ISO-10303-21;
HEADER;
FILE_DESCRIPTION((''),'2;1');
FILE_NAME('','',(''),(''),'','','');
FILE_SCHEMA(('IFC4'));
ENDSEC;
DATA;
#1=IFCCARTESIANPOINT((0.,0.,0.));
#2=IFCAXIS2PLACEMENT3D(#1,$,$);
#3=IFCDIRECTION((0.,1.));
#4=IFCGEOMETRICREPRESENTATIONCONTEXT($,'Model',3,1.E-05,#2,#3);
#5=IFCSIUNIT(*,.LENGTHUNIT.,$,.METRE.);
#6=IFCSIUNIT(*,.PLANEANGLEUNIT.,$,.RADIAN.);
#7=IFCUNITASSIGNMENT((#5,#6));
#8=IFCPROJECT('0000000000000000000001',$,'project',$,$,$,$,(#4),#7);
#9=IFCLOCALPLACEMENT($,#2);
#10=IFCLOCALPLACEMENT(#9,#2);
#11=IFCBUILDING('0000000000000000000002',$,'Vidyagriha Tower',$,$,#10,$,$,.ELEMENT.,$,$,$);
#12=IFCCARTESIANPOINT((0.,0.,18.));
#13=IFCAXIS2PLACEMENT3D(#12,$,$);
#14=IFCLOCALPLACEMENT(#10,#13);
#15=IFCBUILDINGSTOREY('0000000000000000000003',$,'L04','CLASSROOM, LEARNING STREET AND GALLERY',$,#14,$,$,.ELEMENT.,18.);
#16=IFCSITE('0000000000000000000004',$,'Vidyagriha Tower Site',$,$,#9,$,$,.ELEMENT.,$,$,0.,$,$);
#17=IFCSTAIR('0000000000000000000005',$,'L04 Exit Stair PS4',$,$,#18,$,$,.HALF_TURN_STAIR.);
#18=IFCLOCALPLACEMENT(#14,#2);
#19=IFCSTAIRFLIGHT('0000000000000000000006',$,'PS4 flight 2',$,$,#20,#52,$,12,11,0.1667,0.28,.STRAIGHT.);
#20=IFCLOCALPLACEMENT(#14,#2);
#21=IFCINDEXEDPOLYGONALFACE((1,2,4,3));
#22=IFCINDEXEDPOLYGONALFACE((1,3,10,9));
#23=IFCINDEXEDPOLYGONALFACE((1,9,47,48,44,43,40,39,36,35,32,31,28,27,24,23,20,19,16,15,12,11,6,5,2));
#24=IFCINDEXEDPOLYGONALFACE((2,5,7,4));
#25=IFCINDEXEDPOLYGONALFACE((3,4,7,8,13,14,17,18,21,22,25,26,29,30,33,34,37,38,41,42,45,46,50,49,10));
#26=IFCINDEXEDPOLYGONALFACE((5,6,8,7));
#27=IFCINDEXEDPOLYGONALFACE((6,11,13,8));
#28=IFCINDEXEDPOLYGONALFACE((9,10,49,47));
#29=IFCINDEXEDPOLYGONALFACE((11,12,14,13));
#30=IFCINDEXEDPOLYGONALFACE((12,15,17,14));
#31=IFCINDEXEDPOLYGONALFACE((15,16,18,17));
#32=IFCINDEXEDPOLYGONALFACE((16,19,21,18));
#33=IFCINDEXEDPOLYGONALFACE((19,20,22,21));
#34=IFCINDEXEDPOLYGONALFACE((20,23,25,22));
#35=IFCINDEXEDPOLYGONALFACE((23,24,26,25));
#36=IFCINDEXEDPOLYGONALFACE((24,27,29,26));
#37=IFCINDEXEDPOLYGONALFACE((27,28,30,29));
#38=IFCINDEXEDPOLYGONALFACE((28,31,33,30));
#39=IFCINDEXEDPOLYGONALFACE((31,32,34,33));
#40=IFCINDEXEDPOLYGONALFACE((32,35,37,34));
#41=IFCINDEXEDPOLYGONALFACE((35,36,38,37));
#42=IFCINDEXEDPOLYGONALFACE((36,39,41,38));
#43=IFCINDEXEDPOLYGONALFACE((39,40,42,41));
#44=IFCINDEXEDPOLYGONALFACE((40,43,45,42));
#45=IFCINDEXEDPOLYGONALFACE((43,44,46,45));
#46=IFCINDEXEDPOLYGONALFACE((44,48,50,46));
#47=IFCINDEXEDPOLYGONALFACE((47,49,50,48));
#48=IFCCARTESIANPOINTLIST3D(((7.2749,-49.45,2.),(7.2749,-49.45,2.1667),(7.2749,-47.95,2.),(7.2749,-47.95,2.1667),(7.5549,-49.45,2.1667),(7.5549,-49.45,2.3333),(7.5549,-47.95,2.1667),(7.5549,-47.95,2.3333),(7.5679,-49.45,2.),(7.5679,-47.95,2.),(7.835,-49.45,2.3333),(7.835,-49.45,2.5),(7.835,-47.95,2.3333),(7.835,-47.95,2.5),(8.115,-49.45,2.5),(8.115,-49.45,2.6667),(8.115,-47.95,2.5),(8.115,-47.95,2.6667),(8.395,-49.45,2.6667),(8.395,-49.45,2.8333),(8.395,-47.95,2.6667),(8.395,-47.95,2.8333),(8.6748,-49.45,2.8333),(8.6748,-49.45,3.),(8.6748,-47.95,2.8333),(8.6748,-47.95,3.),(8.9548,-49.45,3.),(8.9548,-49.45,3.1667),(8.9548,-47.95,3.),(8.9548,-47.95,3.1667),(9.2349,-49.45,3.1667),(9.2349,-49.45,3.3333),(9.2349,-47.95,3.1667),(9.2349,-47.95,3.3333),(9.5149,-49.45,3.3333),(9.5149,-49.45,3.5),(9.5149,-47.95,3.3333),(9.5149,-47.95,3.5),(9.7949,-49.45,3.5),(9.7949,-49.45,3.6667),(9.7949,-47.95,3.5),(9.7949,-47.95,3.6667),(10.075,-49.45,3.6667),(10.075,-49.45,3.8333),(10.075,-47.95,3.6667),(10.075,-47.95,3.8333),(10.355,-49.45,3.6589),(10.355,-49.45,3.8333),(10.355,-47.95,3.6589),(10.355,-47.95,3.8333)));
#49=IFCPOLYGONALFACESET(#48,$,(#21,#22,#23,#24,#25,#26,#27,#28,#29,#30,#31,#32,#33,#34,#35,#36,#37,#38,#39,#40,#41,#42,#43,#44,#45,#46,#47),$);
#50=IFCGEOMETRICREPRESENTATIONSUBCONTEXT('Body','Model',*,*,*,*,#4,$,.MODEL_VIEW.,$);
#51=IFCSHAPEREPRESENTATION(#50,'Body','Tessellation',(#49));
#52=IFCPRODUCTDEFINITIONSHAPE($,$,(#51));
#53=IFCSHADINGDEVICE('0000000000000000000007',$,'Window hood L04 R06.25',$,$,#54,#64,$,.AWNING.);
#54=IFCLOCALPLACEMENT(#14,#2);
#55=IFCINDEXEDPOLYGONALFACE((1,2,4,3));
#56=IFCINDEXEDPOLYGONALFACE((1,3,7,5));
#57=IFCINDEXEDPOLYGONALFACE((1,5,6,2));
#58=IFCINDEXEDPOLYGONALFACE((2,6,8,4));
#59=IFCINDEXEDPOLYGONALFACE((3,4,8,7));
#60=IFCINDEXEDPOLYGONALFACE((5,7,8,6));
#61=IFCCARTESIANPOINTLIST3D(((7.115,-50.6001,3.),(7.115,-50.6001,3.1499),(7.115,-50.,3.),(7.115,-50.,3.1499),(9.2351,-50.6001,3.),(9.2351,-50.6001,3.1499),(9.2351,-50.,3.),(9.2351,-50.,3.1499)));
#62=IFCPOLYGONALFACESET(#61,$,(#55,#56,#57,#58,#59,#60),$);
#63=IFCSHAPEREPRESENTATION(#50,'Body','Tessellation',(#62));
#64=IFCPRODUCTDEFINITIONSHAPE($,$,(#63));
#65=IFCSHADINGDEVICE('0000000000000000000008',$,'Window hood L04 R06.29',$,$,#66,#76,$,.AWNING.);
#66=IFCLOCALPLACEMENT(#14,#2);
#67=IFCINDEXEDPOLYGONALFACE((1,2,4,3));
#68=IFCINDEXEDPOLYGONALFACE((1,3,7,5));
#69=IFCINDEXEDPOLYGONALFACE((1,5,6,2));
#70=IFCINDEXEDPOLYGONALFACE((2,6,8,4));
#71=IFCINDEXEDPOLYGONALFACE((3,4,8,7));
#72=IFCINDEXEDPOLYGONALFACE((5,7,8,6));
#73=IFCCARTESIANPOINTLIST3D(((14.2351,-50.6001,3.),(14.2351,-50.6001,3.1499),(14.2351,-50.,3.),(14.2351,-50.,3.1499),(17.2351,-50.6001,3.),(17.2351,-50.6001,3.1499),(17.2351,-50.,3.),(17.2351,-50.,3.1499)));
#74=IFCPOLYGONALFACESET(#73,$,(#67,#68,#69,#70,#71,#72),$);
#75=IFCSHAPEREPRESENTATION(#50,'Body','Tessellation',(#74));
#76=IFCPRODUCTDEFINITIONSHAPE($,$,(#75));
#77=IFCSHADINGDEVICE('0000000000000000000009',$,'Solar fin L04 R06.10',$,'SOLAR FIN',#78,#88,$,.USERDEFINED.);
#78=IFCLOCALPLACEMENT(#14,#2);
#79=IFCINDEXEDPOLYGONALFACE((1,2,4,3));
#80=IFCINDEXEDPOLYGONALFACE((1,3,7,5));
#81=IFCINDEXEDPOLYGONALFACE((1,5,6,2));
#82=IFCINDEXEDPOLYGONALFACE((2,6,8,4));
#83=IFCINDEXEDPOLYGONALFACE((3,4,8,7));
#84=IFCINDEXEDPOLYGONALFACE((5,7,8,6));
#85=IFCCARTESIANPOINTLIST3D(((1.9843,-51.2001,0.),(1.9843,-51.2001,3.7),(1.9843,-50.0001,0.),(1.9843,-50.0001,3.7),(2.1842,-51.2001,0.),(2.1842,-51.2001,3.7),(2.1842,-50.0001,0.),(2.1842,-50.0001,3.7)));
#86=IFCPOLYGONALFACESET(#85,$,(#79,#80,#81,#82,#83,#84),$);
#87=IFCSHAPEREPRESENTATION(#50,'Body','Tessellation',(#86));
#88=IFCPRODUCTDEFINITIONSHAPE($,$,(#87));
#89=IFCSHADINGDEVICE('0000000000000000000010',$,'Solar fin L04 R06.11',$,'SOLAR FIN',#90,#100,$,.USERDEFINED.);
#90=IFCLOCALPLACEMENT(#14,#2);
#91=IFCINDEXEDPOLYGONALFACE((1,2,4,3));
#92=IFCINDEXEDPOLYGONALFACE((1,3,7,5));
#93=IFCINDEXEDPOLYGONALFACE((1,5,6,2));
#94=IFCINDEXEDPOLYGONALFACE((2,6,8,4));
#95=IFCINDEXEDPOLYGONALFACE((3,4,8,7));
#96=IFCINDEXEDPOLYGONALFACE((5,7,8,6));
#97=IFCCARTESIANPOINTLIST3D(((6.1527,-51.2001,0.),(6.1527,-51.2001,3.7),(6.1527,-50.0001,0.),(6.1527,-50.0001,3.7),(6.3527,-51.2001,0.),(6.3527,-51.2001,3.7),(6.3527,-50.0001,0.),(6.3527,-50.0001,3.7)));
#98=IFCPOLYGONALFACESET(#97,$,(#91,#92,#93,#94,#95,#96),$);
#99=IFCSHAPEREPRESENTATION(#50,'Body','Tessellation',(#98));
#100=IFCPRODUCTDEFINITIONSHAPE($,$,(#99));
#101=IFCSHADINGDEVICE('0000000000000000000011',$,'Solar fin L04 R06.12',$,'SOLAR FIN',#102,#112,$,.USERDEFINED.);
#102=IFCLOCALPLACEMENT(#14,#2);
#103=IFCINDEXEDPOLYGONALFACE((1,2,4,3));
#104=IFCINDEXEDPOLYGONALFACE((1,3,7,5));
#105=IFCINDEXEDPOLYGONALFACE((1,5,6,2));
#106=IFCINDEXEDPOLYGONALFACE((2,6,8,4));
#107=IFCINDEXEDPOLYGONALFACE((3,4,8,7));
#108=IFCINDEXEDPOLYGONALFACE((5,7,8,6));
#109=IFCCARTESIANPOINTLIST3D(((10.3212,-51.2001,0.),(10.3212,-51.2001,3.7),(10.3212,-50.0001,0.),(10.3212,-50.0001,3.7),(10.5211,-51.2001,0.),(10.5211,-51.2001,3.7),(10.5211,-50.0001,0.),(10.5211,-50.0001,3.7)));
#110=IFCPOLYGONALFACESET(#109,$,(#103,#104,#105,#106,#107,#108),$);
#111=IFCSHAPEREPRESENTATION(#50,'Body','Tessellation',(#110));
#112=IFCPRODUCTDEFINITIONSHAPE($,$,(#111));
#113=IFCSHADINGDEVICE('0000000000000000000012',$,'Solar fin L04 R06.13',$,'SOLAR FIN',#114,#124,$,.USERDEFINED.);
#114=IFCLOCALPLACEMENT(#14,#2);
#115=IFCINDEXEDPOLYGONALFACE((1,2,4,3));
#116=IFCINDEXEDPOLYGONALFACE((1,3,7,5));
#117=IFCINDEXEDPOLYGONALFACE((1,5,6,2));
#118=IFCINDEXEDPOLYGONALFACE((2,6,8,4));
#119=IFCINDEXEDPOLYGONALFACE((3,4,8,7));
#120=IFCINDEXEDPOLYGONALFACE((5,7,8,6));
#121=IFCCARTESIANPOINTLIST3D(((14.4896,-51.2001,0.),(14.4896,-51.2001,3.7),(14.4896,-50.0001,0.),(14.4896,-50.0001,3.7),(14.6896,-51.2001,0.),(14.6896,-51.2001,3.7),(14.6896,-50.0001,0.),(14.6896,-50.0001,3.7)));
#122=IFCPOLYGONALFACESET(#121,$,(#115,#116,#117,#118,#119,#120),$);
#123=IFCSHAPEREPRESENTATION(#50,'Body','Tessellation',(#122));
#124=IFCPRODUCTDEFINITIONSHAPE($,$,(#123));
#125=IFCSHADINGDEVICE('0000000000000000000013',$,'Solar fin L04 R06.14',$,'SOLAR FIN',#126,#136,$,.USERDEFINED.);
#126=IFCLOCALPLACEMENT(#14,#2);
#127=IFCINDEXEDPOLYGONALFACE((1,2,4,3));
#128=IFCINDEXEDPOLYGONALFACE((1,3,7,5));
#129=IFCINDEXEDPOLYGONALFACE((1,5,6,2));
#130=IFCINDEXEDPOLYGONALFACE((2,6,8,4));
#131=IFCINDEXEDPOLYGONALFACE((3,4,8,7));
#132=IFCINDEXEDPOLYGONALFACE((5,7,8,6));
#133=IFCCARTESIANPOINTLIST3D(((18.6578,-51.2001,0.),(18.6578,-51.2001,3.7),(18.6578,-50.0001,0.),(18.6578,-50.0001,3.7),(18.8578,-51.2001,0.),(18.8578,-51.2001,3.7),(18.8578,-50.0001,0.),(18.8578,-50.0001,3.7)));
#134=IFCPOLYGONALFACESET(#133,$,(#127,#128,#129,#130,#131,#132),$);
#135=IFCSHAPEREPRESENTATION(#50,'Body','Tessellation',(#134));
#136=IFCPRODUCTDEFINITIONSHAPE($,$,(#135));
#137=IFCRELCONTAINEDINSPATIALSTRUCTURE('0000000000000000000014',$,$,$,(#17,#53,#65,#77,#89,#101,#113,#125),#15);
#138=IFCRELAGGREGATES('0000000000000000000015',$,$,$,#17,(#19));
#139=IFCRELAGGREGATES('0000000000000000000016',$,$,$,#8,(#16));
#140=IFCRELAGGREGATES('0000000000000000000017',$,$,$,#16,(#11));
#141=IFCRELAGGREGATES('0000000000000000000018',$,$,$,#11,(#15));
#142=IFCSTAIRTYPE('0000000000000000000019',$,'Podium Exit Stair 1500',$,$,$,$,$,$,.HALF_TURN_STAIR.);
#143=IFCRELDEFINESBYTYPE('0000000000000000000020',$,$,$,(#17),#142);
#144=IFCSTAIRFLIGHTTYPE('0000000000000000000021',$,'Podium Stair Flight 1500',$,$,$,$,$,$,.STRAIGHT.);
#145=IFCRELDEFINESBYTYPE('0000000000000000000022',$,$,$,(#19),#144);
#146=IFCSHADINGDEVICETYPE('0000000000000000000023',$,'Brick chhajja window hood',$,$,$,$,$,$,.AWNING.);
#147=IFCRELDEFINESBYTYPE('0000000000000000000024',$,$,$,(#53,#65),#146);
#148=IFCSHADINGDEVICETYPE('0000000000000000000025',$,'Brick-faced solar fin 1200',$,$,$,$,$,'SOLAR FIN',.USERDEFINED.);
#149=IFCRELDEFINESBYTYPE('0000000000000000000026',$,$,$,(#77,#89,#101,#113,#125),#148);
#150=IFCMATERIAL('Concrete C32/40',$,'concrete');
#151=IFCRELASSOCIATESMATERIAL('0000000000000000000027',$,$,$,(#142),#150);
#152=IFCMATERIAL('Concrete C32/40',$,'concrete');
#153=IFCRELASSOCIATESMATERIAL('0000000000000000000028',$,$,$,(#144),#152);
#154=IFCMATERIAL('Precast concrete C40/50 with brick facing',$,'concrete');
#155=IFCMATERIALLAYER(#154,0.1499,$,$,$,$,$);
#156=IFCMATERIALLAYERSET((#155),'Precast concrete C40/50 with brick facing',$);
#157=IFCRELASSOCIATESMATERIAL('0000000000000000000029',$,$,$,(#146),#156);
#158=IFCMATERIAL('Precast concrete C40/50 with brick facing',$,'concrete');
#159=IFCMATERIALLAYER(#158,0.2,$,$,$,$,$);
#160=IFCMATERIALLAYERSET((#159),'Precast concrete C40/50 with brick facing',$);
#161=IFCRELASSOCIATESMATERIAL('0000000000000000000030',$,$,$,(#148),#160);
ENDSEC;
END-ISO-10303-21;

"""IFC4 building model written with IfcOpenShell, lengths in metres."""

from ifc_helpers import new_model, si_unit, direction, frame, frame_2d, origin, origin_2d, place, context, subcontext, project, spatial, polyline, rectangle, outline, extrude, material, layer, layer_set, type_object, element, aggregate, save


model = new_model("IFC4")

# Units and contexts
model_context = context("Model", 3, precision=1e-05, world=origin(), true_north=direction((0.0, 1.0)))
body_context = subcontext(model_context, "Body", "Model", "MODEL_VIEW")
ifc_project = project(units=[si_unit("LENGTHUNIT", "METRE"), si_unit("PLANEANGLEUNIT", "RADIAN")], contexts=[model_context])

# Site, building, storey
site_placement = place(None, origin())
site = spatial("IfcSite", under=ifc_project, at=site_placement, Name="Vidyagriha Tower Site", CompositionType="ELEMENT", RefElevation=0.0)
building_placement = place(site_placement, origin())
building = spatial("IfcBuilding", under=site, at=building_placement, Name="Vidyagriha Tower", CompositionType="ELEMENT")
storey_placement = place(building_placement, frame((0.0, 0.0, 18.0)))
storey = spatial("IfcBuildingStorey", under=building, at=storey_placement, Name="L04", Description="CLASSROOM, LEARNING STREET AND GALLERY", CompositionType="ELEMENT", Elevation=18.0)

# Stair, stair flight
ifc_material_1 = material(Name="Concrete C32/40", Category="concrete")
stair_type = type_object("IfcStairType", Name="Podium Exit Stair 1500", PredefinedType="HALF_TURN_STAIR", material=ifc_material_1)
stair_placement = place(storey_placement, origin())
stair = element("IfcStair", 1, at=stair_placement, inside=storey, type_object=stair_type, Name="L04 Exit Stair PS4", PredefinedType="HALF_TURN_STAIR")
ifc_material_2 = material(Name="Concrete C32/40", Category="concrete")
stair_flight_type = type_object("IfcStairFlightType", Name="Podium Stair Flight 1500", PredefinedType="STRAIGHT", material=ifc_material_2)
stair_flight_1_placement = place(storey_placement, frame((7.2749, -48.7, 2.0)))
stair_flight_1 = element("IfcStairFlight", 2, at=stair_flight_1_placement, type_object=stair_flight_type, Name="PS4 flight 2", NumberOfRisers=12, NumberOfTreads=11, PredefinedType="STRAIGHT", RiserHeight=0.1667, TreadLength=0.28, context=body_context, shape_type="SweptSolid", body=[
    extrude(outline(polyline([(0.0, 0.0), (0.0, 0.1667), (0.28, 0.1667), (0.28, 0.3333), (0.5601, 0.3333), (0.5601, 0.5), (0.8401, 0.5), (0.8401, 0.6667), (1.1201, 0.6667), (1.1201, 0.8333), (1.3999, 0.8333), (1.3999, 1.0), (1.6799, 1.0), (1.6799, 1.1667), (1.96, 1.1667), (1.96, 1.3333), (2.24, 1.3333), (2.24, 1.5), (2.52, 1.5), (2.52, 1.6667), (2.8, 1.6667), (2.8, 1.8333), (3.0801, 1.8333), (3.0801, 2.0), (3.0801, 1.6589), (0.293, 0.0), (0.0, 0.0)])), frame((0.0, 0.75, 0.0), z_axis=(0.0, -1.0, 0.0), x_axis=(1.0, 0.0, 0.0)), (0.0, 0.0, 1.0), 1.5),
])
aggregate(stair, [stair_flight_1])

# Shading devices
ifc_material_3 = material(Name="Precast concrete C40/50 with brick facing", Category="concrete")
ifc_layer_1 = layer(ifc_material_3, 0.1499)
ifc_layer_set_1 = layer_set([ifc_layer_1], Name="Precast concrete C40/50 with brick facing")
shading_device_type_1 = type_object("IfcShadingDeviceType", Name="Brick chhajja window hood", PredefinedType="AWNING", material=ifc_layer_set_1)
shading_device_1_placement = place(storey_placement, frame((8.175, -50.3, 3.0)))
element("IfcShadingDevice", 3, at=shading_device_1_placement, inside=storey, type_object=shading_device_type_1, Name="Window hood L04 R06.25", PredefinedType="AWNING", context=body_context, shape_type="SweptSolid", body=[
    extrude(rectangle(XDim=2.1201, YDim=0.6001, at=origin_2d()), origin(), (0.0, 0.0, 1.0), 0.1499),
])
shading_device_2_placement = place(storey_placement, frame((15.7351, -50.3, 3.0)))
element("IfcShadingDevice", 4, at=shading_device_2_placement, inside=storey, type_object=shading_device_type_1, Name="Window hood L04 R06.29", PredefinedType="AWNING", context=body_context, shape_type="SweptSolid", body=[
    extrude(rectangle(XDim=3.0, YDim=0.6001, at=origin_2d()), origin(), (0.0, 0.0, 1.0), 0.1499),
])
ifc_material_4 = material(Name="Precast concrete C40/50 with brick facing", Category="concrete")
ifc_layer_2 = layer(ifc_material_4, 0.2)
ifc_layer_set_2 = layer_set([ifc_layer_2], Name="Precast concrete C40/50 with brick facing")
shading_device_type_2 = type_object("IfcShadingDeviceType", Name="Brick-faced solar fin 1200", ElementType="SOLAR FIN", PredefinedType="USERDEFINED", material=ifc_layer_set_2)
for number, where, z_axis, x_axis, name in (
    (5, (2.0842, -50.0, 0.0), (0.0, 0.0, 1.0), (0.0, -1.0, 0.0), "Solar fin L04 R06.10"),
    (6, (6.2527, -50.0, 0.0), (0.0, 0.0, 1.0), (0.0, -1.0, 0.0), "Solar fin L04 R06.11"),
    (7, (10.4211, -50.0, 0.0), (0.0, 0.0, 1.0), (0.0, -1.0, 0.0), "Solar fin L04 R06.12"),
    (8, (14.5896, -50.0, 0.0), (0.0, 0.0, 1.0), (0.0, -1.0, 0.0), "Solar fin L04 R06.13"),
    (9, (18.7578, -50.0, 0.0), (0.0, 0.0, 1.0), (0.0, -1.0, 0.0), "Solar fin L04 R06.14"),
):
    element("IfcShadingDevice", number, at=place(storey_placement, frame(where, z_axis=z_axis, x_axis=x_axis)), inside=storey, type_object=shading_device_type_2, Name=name, ObjectType="SOLAR FIN", PredefinedType="USERDEFINED", context=body_context, shape_type="SweptSolid", body=[
        extrude(rectangle(XDim=1.2, YDim=0.2, at=frame_2d((0.6001, 0.0))), origin(), (0.0, 0.0, 1.0), 3.7),
    ])

save(model, "model.ifc")
